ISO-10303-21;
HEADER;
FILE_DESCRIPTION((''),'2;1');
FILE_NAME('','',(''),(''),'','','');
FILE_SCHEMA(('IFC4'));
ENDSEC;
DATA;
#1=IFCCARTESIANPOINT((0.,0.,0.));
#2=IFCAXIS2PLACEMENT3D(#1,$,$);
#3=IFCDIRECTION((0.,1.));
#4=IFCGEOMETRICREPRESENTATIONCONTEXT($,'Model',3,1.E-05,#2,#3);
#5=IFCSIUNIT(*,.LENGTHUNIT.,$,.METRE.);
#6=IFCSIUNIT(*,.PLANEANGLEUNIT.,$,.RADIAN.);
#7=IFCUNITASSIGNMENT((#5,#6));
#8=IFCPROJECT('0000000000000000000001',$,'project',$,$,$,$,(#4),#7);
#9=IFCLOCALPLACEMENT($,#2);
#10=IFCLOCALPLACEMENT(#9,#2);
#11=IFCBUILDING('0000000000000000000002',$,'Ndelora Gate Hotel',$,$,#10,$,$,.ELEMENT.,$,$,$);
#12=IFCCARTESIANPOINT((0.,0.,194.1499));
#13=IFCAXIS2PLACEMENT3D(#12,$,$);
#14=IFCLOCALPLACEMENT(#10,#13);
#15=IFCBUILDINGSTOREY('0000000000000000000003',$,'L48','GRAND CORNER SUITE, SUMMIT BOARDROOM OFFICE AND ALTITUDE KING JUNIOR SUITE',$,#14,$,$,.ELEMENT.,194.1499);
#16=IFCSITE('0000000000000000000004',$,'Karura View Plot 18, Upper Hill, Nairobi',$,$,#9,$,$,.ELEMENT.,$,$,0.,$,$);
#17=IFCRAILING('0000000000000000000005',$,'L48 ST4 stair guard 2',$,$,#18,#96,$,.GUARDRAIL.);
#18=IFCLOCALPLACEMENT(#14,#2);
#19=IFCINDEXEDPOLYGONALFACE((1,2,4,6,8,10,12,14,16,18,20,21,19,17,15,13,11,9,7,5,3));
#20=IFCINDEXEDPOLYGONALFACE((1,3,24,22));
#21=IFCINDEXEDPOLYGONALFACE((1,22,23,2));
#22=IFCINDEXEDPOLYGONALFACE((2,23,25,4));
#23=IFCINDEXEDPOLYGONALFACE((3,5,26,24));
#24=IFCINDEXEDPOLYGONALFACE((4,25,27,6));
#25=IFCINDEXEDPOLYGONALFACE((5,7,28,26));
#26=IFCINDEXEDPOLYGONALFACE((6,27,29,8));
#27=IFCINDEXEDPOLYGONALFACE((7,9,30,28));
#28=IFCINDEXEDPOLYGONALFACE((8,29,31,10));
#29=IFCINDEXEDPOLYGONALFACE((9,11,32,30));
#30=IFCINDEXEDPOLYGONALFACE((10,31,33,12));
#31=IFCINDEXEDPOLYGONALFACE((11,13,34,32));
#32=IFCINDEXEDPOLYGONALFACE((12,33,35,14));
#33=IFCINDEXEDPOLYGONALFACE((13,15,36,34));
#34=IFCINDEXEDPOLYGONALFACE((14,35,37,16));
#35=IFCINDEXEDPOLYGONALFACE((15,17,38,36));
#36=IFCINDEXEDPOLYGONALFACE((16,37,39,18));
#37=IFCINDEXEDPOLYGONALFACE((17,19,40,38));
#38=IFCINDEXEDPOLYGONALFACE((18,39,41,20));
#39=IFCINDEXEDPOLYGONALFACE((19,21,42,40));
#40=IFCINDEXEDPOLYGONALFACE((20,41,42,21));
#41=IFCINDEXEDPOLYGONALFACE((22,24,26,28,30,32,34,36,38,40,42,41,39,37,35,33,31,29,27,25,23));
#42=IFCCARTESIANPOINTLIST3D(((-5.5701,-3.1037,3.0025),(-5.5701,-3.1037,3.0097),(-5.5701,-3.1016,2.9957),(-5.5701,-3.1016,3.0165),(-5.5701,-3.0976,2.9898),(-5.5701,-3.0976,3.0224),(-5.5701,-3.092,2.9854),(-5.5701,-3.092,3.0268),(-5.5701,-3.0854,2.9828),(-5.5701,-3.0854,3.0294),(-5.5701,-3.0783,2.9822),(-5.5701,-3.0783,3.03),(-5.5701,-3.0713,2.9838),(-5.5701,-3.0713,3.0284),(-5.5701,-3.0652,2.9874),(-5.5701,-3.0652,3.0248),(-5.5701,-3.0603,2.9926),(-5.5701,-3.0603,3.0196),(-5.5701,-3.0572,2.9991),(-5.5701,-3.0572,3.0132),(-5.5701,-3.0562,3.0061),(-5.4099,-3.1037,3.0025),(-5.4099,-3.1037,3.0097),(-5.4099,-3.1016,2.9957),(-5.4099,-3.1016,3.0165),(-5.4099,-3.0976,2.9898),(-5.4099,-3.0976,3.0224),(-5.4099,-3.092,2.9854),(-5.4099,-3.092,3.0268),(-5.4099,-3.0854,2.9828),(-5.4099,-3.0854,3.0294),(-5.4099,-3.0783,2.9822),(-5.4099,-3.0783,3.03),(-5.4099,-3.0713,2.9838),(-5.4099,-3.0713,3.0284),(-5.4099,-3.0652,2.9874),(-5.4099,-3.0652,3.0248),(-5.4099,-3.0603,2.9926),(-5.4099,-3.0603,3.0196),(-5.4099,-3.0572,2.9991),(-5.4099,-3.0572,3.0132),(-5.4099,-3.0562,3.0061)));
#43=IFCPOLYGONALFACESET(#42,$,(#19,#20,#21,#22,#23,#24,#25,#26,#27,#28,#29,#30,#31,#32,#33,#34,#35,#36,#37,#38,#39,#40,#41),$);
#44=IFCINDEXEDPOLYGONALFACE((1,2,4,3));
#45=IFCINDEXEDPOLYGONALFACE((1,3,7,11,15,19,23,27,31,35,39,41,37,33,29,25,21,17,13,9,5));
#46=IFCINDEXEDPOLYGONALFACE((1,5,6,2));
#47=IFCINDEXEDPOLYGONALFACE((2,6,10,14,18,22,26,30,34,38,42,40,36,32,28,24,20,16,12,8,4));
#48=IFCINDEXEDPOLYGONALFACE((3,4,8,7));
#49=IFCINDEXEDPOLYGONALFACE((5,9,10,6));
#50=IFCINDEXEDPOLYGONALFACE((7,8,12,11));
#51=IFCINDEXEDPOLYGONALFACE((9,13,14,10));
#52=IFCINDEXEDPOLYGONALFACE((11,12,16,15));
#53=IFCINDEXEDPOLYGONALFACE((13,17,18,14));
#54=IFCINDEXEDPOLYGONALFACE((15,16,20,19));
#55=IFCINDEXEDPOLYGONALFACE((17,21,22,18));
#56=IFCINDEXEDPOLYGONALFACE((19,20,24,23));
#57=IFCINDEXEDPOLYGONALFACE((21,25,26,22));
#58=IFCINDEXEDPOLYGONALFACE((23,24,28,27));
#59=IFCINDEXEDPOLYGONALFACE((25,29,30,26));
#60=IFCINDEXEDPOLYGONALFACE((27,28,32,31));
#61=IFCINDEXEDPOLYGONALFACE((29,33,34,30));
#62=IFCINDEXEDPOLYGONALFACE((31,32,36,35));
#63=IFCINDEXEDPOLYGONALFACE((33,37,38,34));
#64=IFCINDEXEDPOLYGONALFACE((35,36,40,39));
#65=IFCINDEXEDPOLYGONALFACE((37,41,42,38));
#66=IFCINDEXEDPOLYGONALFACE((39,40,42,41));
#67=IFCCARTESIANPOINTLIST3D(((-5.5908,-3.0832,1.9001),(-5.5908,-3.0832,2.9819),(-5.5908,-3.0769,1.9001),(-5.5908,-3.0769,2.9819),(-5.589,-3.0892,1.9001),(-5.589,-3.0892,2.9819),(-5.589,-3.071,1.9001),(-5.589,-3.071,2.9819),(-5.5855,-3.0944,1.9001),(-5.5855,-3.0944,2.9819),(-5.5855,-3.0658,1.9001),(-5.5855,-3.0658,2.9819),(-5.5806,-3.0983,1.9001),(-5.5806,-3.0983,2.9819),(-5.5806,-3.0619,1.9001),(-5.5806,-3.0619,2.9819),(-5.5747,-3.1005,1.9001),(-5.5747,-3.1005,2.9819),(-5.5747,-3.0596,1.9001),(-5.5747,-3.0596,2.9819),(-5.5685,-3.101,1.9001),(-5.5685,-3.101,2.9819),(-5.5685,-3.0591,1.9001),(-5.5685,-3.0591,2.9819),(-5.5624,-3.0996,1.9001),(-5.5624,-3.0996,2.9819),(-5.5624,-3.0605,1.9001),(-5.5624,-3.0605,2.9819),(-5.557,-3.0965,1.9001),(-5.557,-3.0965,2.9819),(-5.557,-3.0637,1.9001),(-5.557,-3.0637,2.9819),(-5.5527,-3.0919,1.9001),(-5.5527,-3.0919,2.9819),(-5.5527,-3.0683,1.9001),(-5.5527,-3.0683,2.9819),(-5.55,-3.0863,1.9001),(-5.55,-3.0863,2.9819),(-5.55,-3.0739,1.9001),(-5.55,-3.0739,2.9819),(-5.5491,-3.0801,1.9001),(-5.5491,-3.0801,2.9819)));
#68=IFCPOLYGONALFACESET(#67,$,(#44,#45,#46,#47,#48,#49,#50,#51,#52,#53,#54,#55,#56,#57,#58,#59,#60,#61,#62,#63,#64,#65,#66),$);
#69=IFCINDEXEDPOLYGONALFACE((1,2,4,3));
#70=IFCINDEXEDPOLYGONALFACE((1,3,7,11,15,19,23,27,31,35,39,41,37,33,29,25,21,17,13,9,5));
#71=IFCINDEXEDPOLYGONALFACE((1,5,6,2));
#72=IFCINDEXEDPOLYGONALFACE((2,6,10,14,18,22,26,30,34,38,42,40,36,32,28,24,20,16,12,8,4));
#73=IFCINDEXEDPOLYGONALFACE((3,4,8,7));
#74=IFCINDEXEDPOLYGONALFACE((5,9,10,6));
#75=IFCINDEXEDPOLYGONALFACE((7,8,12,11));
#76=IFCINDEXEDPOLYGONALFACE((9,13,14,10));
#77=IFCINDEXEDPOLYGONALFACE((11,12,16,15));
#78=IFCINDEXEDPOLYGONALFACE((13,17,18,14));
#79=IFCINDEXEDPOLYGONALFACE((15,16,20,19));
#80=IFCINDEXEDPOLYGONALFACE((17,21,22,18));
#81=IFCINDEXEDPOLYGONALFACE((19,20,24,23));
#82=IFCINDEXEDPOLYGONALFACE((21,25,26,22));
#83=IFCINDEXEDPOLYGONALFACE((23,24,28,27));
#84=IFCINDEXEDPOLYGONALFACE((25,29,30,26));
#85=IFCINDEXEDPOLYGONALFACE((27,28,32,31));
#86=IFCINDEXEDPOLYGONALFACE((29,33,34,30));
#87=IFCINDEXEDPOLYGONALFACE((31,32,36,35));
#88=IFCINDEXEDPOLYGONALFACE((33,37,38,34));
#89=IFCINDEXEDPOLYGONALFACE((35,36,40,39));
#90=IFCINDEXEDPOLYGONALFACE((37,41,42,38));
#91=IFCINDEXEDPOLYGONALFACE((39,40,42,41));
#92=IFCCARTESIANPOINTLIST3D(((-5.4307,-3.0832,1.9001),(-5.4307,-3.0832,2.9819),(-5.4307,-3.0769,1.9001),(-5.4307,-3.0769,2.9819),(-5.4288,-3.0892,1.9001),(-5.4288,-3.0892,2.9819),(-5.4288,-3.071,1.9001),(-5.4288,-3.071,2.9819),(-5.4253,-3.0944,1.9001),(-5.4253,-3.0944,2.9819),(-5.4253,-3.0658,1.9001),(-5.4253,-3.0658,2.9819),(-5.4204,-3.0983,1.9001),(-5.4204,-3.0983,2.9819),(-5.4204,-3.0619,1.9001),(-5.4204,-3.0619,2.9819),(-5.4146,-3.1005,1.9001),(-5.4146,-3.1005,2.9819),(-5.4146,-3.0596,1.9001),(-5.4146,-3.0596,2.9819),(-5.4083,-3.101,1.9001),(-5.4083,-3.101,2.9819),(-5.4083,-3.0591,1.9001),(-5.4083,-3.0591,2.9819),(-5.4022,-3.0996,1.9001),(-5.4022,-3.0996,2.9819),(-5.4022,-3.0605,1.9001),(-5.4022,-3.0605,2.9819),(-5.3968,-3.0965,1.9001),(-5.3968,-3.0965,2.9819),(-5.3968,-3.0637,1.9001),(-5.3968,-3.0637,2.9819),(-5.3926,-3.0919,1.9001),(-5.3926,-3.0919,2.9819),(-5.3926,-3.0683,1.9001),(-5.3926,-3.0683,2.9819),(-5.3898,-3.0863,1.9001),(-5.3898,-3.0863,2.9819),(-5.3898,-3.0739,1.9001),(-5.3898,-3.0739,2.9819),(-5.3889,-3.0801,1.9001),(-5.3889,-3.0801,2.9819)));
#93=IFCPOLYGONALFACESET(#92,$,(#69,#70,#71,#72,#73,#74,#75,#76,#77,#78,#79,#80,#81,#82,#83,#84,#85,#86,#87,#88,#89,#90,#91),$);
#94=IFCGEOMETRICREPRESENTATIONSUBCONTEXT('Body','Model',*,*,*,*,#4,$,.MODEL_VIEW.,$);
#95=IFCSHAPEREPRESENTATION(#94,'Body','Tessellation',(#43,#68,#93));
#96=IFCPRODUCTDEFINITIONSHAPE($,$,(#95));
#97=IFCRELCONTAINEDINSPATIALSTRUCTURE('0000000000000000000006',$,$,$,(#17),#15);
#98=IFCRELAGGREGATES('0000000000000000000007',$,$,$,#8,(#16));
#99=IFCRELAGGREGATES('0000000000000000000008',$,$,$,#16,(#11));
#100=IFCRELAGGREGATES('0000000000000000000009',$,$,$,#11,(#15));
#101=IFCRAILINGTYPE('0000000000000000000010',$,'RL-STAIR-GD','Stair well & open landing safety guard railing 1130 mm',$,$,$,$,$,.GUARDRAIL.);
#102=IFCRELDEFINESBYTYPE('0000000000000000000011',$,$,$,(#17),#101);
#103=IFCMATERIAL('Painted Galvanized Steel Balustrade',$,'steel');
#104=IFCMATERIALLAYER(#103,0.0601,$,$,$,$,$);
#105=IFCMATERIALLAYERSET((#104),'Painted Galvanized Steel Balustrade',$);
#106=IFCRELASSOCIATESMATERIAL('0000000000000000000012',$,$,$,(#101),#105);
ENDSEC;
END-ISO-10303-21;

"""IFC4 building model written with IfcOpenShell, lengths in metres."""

from ifc_helpers import new_model, si_unit, direction, frame, origin, origin_2d, place, context, subcontext, project, spatial, circle, extrude, material, layer, layer_set, type_object, element, save


model = new_model("IFC4")

# Units and contexts
model_context = context("Model", 3, precision=1e-05, world=origin(), true_north=direction((0.0, 1.0)))
body_context = subcontext(model_context, "Body", "Model", "MODEL_VIEW")
ifc_project = project(units=[si_unit("LENGTHUNIT", "METRE"), si_unit("PLANEANGLEUNIT", "RADIAN")], contexts=[model_context])

# Site, building, storey
site_placement = place(None, origin())
site = spatial("IfcSite", under=ifc_project, at=site_placement, Name="Karura View Plot 18, Upper Hill, Nairobi", CompositionType="ELEMENT", RefElevation=0.0)
building_placement = place(site_placement, origin())
building = spatial("IfcBuilding", under=site, at=building_placement, Name="Ndelora Gate Hotel", CompositionType="ELEMENT")
storey_placement = place(building_placement, frame((0.0, 0.0, 194.1499)))
storey = spatial("IfcBuildingStorey", under=building, at=storey_placement, Name="L48", Description="GRAND CORNER SUITE, SUMMIT BOARDROOM OFFICE AND ALTITUDE KING JUNIOR SUITE", CompositionType="ELEMENT", Elevation=194.1499)

# Railing
ifc_material_1 = material(Name="Painted Galvanized Steel Balustrade", Category="steel")
ifc_layer_1 = layer(ifc_material_1, 0.0601)
ifc_layer_set_1 = layer_set([ifc_layer_1], Name="Painted Galvanized Steel Balustrade")
railing_type_1 = type_object("IfcRailingType", Name="RL-STAIR-GD", Description="Stair well & open landing safety guard railing 1130 mm", PredefinedType="GUARDRAIL", material=ifc_layer_set_1)
railing_1_placement = place(storey_placement, frame((-5.5701, -3.0801, 1.9001)))
element("IfcRailing", 1, at=railing_1_placement, inside=storey, type_object=railing_type_1, Name="L48 ST4 stair guard 2", PredefinedType="GUARDRAIL", context=body_context, shape_type="SweptSolid", body=[
    extrude(circle(Radius=0.0239, at=origin_2d()), frame((0.0, 0.0, 1.106), z_axis=(1.0, 0.0, 0.0), x_axis=(0.0, 1.0, 0.0)), (0.0, 0.0, 1.0), 0.1602),
    extrude(circle(Radius=0.021, at=origin_2d()), origin(), (0.0, 0.0, 1.0), 1.0818),
    extrude(circle(Radius=0.021, at=origin_2d()), frame((0.1602, 0.0, 0.0)), (0.0, 0.0, 1.0), 1.0818),
])

save(model, "model.ifc")
